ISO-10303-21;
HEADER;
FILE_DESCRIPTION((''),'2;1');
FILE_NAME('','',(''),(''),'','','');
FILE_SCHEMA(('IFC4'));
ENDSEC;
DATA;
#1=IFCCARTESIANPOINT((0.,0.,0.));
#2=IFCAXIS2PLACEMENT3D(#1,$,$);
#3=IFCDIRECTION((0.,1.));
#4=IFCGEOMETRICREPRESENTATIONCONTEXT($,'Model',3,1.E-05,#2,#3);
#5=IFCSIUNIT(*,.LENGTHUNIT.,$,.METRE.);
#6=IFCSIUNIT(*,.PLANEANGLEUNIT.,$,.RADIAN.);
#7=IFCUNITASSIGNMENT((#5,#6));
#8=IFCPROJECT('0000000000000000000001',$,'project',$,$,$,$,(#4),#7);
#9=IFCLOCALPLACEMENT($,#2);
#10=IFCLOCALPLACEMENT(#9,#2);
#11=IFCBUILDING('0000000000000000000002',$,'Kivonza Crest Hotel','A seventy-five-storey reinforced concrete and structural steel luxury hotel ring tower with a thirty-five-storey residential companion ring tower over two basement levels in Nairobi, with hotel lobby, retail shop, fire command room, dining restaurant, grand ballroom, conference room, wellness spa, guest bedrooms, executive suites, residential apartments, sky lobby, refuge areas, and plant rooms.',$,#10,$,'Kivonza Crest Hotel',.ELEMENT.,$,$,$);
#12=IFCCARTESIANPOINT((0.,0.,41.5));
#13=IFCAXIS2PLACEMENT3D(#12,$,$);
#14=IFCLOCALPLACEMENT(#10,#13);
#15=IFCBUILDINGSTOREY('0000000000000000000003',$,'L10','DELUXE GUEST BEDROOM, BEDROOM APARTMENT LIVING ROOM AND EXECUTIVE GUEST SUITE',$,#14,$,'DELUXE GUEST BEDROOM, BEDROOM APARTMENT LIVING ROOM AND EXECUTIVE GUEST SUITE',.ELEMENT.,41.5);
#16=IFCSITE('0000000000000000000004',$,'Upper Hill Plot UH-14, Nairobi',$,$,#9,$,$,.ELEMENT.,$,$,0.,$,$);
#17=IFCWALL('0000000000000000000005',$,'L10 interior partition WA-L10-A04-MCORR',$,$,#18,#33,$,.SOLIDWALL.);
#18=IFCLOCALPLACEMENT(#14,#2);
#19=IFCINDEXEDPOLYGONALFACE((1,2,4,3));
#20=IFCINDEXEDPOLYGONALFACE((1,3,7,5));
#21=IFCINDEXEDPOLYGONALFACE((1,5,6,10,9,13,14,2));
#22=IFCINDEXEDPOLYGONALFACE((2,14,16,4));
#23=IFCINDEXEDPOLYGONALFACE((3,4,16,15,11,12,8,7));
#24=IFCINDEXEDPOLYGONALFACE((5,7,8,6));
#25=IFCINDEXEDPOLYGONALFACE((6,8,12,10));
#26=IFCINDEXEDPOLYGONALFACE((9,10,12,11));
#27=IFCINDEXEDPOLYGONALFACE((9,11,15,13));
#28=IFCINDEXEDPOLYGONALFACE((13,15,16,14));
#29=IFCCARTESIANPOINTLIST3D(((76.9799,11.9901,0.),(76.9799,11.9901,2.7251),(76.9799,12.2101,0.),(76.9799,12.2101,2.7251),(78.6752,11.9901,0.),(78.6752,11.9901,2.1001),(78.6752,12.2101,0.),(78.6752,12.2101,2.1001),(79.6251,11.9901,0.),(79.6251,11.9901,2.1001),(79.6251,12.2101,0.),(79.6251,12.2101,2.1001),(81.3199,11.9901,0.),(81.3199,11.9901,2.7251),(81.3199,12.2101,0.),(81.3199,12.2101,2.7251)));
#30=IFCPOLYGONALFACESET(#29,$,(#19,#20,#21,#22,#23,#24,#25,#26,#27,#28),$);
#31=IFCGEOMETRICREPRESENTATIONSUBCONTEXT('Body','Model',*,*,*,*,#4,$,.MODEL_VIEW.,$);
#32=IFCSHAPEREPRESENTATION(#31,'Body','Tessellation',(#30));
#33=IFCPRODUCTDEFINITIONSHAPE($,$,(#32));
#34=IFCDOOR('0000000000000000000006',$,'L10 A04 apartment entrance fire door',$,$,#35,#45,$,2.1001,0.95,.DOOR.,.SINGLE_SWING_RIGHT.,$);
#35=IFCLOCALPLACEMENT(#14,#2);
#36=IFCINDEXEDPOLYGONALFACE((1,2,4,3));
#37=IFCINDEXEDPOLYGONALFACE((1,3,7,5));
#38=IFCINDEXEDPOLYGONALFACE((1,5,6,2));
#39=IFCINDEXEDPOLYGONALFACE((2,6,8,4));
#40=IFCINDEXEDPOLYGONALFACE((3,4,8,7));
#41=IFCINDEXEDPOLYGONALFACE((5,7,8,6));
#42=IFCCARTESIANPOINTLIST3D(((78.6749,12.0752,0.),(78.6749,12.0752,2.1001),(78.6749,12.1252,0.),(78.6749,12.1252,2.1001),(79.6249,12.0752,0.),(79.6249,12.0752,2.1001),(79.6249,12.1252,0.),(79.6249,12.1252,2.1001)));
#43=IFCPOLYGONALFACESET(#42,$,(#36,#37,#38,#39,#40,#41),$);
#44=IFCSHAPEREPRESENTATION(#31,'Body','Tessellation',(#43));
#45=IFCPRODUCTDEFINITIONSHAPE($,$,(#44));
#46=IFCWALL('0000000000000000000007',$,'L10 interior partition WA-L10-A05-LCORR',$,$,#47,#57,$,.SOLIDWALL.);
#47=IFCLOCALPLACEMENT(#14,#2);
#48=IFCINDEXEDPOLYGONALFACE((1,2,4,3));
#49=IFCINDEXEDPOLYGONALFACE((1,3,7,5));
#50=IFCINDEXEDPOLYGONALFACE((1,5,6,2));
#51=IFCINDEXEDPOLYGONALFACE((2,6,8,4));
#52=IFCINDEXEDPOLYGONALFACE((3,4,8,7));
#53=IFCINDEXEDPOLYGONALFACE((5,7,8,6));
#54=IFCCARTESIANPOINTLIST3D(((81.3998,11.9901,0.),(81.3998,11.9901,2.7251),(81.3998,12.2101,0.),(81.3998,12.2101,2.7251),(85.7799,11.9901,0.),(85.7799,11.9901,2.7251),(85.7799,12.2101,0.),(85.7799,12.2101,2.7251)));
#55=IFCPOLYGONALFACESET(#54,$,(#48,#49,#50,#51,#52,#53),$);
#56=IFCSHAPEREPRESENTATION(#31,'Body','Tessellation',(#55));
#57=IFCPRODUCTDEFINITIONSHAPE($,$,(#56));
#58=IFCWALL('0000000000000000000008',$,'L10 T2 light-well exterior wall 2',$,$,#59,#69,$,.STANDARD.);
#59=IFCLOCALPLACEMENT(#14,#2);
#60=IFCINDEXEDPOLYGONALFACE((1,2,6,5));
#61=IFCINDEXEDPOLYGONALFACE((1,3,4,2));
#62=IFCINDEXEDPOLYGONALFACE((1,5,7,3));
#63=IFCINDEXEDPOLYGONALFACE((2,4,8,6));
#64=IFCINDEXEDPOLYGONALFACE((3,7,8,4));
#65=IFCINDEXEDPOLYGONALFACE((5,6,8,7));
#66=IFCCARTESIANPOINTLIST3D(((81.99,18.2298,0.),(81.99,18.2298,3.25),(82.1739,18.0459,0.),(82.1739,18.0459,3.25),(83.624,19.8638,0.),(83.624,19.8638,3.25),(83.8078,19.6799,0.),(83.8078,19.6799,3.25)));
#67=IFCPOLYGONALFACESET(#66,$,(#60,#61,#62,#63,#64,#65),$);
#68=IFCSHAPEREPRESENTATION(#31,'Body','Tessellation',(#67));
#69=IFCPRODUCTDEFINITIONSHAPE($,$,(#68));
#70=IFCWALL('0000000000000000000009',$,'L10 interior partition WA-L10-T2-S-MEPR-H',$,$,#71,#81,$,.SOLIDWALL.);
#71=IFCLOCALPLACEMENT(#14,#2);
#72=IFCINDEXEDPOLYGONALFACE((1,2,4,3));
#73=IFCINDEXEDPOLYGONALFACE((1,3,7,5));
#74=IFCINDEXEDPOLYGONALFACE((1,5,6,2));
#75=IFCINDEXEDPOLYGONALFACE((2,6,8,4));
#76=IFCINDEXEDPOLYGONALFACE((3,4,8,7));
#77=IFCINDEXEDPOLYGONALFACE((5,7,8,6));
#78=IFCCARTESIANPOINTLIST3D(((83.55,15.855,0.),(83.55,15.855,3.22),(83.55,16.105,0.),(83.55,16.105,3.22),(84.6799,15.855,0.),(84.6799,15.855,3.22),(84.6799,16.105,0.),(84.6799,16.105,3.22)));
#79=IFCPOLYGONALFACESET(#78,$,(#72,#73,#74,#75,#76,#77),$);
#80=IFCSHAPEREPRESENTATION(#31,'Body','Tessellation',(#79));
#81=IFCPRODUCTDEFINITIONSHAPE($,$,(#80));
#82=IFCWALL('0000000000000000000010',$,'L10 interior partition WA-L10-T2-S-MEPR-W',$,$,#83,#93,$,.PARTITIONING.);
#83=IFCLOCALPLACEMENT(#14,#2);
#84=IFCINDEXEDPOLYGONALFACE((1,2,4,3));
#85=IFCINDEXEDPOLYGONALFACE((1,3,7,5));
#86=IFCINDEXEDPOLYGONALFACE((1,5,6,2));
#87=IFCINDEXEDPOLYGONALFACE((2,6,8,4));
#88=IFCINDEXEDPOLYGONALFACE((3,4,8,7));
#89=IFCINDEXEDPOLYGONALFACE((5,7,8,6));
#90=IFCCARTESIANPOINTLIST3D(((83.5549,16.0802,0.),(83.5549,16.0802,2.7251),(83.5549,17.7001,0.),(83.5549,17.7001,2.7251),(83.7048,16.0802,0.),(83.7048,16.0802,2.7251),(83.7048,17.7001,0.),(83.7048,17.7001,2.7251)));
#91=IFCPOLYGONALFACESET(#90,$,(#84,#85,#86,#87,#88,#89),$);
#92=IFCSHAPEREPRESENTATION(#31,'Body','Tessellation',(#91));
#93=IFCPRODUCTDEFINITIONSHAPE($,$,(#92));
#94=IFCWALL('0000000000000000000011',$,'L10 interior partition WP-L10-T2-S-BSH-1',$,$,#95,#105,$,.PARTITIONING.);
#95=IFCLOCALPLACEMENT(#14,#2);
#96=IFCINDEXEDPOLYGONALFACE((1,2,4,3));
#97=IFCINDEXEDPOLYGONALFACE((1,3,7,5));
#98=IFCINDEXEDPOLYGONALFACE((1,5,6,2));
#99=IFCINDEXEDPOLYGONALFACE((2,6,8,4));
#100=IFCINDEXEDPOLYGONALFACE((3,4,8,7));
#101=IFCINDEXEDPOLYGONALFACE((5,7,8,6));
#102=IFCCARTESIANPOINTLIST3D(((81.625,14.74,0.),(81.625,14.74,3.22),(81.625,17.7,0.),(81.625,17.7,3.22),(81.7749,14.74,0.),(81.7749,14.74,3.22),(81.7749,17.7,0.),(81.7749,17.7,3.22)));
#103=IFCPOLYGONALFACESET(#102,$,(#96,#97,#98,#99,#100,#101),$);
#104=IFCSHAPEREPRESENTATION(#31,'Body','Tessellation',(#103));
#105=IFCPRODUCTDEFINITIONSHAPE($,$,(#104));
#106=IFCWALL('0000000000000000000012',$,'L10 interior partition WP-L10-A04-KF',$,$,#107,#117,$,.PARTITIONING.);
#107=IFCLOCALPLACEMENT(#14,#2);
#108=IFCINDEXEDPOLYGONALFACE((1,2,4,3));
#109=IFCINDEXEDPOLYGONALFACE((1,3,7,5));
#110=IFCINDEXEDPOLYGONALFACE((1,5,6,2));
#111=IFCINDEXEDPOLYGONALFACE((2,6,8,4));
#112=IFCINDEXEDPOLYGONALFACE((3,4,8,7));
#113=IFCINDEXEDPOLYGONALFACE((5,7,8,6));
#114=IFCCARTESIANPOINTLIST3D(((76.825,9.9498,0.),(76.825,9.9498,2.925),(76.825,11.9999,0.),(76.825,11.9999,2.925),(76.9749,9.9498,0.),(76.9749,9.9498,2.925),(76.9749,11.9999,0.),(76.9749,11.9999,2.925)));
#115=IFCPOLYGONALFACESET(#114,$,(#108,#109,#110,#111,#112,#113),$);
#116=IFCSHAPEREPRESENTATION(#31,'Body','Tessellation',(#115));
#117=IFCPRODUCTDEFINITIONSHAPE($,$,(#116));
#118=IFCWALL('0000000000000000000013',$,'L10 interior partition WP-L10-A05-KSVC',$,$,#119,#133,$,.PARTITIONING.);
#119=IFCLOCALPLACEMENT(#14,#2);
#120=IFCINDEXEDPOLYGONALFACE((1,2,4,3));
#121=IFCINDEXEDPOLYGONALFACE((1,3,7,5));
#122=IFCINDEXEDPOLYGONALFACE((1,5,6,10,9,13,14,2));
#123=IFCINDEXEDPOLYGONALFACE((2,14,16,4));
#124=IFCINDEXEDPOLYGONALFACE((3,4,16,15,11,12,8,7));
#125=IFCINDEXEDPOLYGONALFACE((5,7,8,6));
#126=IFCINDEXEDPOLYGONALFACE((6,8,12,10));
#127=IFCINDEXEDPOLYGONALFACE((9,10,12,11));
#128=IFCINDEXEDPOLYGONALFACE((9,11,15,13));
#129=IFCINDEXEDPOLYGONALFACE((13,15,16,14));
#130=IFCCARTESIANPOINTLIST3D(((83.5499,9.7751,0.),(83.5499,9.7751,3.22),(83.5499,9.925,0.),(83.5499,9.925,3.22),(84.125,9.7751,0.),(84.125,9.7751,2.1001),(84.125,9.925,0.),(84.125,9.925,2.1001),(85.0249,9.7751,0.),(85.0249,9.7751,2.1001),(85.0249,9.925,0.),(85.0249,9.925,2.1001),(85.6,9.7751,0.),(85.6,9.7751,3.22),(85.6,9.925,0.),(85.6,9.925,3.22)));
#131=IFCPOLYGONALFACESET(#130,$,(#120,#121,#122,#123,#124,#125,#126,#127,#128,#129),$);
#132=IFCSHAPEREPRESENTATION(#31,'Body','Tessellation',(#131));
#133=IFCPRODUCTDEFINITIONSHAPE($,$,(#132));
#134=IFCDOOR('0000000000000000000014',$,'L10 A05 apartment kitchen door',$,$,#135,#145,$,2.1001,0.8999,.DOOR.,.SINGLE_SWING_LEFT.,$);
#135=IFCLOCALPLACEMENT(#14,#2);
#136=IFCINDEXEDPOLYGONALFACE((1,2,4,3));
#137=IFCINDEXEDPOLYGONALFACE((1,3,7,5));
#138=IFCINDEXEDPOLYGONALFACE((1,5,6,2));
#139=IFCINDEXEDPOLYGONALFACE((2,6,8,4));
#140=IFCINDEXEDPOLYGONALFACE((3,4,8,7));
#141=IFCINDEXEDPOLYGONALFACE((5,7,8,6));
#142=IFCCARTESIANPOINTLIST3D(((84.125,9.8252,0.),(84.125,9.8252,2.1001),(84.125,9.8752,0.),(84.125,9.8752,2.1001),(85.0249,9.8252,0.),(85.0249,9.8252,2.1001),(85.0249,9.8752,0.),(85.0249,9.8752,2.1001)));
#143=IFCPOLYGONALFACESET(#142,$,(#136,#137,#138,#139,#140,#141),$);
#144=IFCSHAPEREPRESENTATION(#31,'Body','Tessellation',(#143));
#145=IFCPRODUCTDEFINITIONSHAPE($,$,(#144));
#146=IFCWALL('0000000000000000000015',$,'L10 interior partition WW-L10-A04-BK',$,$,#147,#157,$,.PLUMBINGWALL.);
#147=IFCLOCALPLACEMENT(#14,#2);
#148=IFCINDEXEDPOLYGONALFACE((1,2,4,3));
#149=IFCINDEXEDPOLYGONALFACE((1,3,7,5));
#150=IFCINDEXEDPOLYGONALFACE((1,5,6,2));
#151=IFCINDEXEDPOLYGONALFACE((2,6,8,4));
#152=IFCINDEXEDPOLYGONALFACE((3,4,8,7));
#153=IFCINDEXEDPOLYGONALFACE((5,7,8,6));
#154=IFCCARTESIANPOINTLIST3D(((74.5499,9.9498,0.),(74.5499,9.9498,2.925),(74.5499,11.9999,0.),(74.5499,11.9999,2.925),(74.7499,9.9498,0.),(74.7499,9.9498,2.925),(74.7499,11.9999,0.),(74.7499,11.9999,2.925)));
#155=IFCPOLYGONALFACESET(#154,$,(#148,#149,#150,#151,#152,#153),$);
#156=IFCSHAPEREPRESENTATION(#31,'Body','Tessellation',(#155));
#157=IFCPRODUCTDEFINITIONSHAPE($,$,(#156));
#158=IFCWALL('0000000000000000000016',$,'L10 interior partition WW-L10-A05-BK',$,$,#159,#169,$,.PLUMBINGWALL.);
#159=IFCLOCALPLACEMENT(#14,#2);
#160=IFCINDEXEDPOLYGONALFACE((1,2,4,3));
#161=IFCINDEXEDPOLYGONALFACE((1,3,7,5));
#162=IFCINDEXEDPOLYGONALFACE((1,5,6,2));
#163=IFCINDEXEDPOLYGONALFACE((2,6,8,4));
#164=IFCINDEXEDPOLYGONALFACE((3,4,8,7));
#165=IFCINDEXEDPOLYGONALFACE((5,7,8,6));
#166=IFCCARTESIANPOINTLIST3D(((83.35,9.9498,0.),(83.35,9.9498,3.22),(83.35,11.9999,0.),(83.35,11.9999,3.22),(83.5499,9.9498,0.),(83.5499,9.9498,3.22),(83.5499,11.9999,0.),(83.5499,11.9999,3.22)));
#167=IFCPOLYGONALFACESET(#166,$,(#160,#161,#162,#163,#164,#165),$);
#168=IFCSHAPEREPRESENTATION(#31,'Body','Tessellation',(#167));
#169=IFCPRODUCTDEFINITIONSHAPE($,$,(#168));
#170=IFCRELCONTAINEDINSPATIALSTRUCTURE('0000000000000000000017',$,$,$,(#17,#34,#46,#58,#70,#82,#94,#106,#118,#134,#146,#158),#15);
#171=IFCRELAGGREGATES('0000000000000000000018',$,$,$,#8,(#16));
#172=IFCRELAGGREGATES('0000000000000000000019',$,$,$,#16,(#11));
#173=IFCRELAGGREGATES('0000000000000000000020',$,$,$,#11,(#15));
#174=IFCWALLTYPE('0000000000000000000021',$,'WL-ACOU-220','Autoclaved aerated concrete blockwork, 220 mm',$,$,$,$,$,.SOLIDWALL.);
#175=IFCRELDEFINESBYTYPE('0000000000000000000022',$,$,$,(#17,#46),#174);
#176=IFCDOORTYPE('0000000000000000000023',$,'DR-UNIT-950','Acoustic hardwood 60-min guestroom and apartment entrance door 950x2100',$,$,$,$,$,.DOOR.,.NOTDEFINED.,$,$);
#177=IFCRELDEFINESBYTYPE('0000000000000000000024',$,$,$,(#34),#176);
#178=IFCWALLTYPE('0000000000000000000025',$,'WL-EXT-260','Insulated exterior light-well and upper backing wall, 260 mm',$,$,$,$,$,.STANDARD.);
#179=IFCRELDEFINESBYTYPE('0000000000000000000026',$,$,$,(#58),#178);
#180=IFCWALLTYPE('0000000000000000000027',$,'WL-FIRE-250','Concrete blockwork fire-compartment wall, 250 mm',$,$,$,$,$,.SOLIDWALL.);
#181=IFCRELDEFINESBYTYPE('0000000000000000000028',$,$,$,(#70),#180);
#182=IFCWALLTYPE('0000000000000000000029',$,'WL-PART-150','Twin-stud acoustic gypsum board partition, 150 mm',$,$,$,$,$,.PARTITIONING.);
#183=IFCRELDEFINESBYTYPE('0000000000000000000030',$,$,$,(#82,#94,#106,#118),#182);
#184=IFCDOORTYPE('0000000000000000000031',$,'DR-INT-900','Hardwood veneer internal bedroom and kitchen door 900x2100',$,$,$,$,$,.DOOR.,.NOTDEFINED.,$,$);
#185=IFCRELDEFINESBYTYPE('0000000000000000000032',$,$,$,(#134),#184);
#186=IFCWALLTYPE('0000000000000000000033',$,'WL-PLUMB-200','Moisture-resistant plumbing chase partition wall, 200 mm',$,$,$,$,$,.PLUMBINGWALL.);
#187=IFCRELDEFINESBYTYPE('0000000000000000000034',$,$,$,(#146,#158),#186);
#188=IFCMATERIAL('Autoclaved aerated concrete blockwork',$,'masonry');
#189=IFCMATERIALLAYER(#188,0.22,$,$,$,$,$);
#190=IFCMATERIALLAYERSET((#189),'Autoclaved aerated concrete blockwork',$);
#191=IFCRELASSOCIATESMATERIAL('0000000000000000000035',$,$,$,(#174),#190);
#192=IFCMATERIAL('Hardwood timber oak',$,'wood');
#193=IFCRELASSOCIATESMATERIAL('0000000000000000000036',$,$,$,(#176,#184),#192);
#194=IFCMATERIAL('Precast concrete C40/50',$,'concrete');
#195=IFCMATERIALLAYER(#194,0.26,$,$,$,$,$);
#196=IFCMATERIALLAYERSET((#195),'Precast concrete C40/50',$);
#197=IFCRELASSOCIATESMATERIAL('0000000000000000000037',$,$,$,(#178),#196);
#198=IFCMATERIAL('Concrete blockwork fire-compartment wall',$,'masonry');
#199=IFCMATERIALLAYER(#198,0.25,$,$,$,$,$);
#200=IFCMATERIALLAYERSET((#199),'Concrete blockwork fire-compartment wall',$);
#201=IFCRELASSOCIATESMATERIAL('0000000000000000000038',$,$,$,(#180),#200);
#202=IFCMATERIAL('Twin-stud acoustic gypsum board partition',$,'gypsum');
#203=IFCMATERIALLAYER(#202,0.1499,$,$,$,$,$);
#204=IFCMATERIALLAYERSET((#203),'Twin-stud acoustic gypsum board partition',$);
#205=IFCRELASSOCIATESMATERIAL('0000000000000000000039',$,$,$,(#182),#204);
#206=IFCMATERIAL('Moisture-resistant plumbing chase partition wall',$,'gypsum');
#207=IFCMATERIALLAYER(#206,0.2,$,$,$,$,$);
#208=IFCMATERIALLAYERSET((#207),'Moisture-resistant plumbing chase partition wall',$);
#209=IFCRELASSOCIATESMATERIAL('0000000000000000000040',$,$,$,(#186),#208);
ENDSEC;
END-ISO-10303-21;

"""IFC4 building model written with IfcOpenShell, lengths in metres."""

from ifc_helpers import new_model, si_unit, direction, frame, frame_2d, origin, place, context, subcontext, project, spatial, rectangle, extrude, material, layer, layer_set, type_object, element, fill, save


model = new_model("IFC4")

# Units and contexts
model_context = context("Model", 3, precision=1e-05, world=origin(), true_north=direction((0.0, 1.0)))
body_context = subcontext(model_context, "Body", "Model", "MODEL_VIEW")
ifc_project = project(units=[si_unit("LENGTHUNIT", "METRE"), si_unit("PLANEANGLEUNIT", "RADIAN")], contexts=[model_context])

# Site, building, storey
site_placement = place(None, origin())
site = spatial("IfcSite", under=ifc_project, at=site_placement, Name="Upper Hill Plot UH-14, Nairobi", CompositionType="ELEMENT", RefElevation=0.0)
building_placement = place(site_placement, origin())
building = spatial("IfcBuilding", under=site, at=building_placement, Name="Kivonza Crest Hotel", Description="A seventy-five-storey reinforced concrete and structural steel luxury hotel ring tower with a thirty-five-storey residential companion ring tower over two basement levels in Nairobi, with hotel lobby, retail shop, fire command room, dining restaurant, grand ballroom, conference room, wellness spa, guest bedrooms, executive suites, residential apartments, sky lobby, refuge areas, and plant rooms.", LongName="Kivonza Crest Hotel", CompositionType="ELEMENT")
storey_placement = place(building_placement, frame((0.0, 0.0, 41.5)))
storey = spatial("IfcBuildingStorey", under=building, at=storey_placement, Name="L10", Description="DELUXE GUEST BEDROOM, BEDROOM APARTMENT LIVING ROOM AND EXECUTIVE GUEST SUITE", LongName="DELUXE GUEST BEDROOM, BEDROOM APARTMENT LIVING ROOM AND EXECUTIVE GUEST SUITE", CompositionType="ELEMENT", Elevation=41.5)

# Wall, opening, door
ifc_material_1 = material(Name="Autoclaved aerated concrete blockwork", Category="masonry")
ifc_layer_1 = layer(ifc_material_1, 0.22)
ifc_layer_set_1 = layer_set([ifc_layer_1], Name="Autoclaved aerated concrete blockwork")
wall_type_1 = type_object("IfcWallType", Name="WL-ACOU-220", Description="Autoclaved aerated concrete blockwork, 220 mm", PredefinedType="SOLIDWALL", material=ifc_layer_set_1)
wall_1_placement = place(storey_placement, frame((76.98, 12.1001, 0.0), z_axis=(0.0, 0.0, 1.0), x_axis=(1.0, 0.0, 0.0)))
wall_1 = element("IfcWall", 1, at=wall_1_placement, inside=storey, type_object=wall_type_1, Name="L10 interior partition WA-L10-A04-MCORR", PredefinedType="SOLIDWALL", context=body_context, shape_type="SweptSolid", body=[
    extrude(rectangle(XDim=4.3401, YDim=0.22, at=frame_2d((2.1699, 0.0))), origin(), (0.0, 0.0, 1.0), 2.7251),
])
opening_1_placement = place(wall_1_placement, frame((1.6951, 0.0, 0.0)))
opening_1 = element("IfcOpeningElement", 2, at=opening_1_placement, cuts=wall_1, PredefinedType="OPENING", context=body_context, shape_type="SweptSolid", body=[
    extrude(rectangle(XDim=0.95, YDim=2.1001, at=frame_2d((0.4751, 1.05))), frame((0.0, 0.1201, 0.0), z_axis=(0.0, -1.0, 0.0), x_axis=(1.0, 0.0, 0.0)), (0.0, 0.0, 1.0), 0.24),
])
ifc_material_2 = material(Name="Hardwood timber oak", Category="wood")
door_type_1 = type_object("IfcDoorType", Name="DR-UNIT-950", Description="Acoustic hardwood 60-min guestroom and apartment entrance door 950x2100", OperationType="NOTDEFINED", PredefinedType="DOOR", material=ifc_material_2)
door_1_placement = place(opening_1_placement, frame((0.95, 0.0, 0.0), z_axis=(0.0, 0.0, 1.0), x_axis=(-1.0, 0.0, 0.0)))
door_1 = element("IfcDoor", 3, at=door_1_placement, inside=storey, type_object=door_type_1, Name="L10 A04 apartment entrance fire door", OperationType="SINGLE_SWING_RIGHT", OverallHeight=2.1001, OverallWidth=0.95, PredefinedType="DOOR", context=body_context, shape_type="SweptSolid", body=[
    extrude(rectangle(XDim=0.95, YDim=2.1001, at=frame_2d((0.4751, 1.05))), frame((0.0, 0.0249, 0.0), z_axis=(0.0, -1.0, 0.0), x_axis=(1.0, 0.0, 0.0)), (0.0, 0.0, 1.0), 0.05),
])
fill(opening_1, door_1)

# Walls
wall_2_placement = place(storey_placement, frame((81.3999, 12.1001, 0.0), z_axis=(0.0, 0.0, 1.0), x_axis=(1.0, 0.0, 0.0)))
element("IfcWall", 4, at=wall_2_placement, inside=storey, type_object=wall_type_1, Name="L10 interior partition WA-L10-A05-LCORR", PredefinedType="SOLIDWALL", context=body_context, shape_type="SweptSolid", body=[
    extrude(rectangle(XDim=4.3801, YDim=0.22, at=frame_2d((2.1899, 0.0))), origin(), (0.0, 0.0, 1.0), 2.7251),
])
ifc_material_3 = material(Name="Precast concrete C40/50", Category="concrete")
ifc_layer_2 = layer(ifc_material_3, 0.26)
ifc_layer_set_2 = layer_set([ifc_layer_2], Name="Precast concrete C40/50")
wall_type_2 = type_object("IfcWallType", Name="WL-EXT-260", Description="Insulated exterior light-well and upper backing wall, 260 mm", PredefinedType="STANDARD", material=ifc_layer_set_2)
wall_3_placement = place(storey_placement, frame((82.082, 18.1379, 0.0), z_axis=(0.0, 0.0, 1.0), x_axis=(0.707107, 0.707107, 0.0)))
element("IfcWall", 5, at=wall_3_placement, inside=storey, type_object=wall_type_2, Name="L10 T2 light-well exterior wall 2", PredefinedType="STANDARD", context=body_context, shape_type="SweptSolid", body=[
    extrude(rectangle(XDim=2.3108, YDim=0.26, at=frame_2d((1.1553, 0.0))), origin(), (0.0, 0.0, 1.0), 3.25),
])
ifc_material_4 = material(Name="Concrete blockwork fire-compartment wall", Category="masonry")
ifc_layer_3 = layer(ifc_material_4, 0.25)
ifc_layer_set_3 = layer_set([ifc_layer_3], Name="Concrete blockwork fire-compartment wall")
wall_type_3 = type_object("IfcWallType", Name="WL-FIRE-250", Description="Concrete blockwork fire-compartment wall, 250 mm", PredefinedType="SOLIDWALL", material=ifc_layer_set_3)
wall_4_placement = place(storey_placement, frame((83.55, 15.98, 0.0), z_axis=(0.0, 0.0, 1.0), x_axis=(1.0, 0.0, 0.0)))
element("IfcWall", 6, at=wall_4_placement, inside=storey, type_object=wall_type_3, Name="L10 interior partition WA-L10-T2-S-MEPR-H", PredefinedType="SOLIDWALL", context=body_context, shape_type="SweptSolid", body=[
    extrude(rectangle(XDim=1.1299, YDim=0.25, at=frame_2d((0.5649, 0.0))), origin(), (0.0, 0.0, 1.0), 3.22),
])
ifc_material_5 = material(Name="Twin-stud acoustic gypsum board partition", Category="gypsum")
ifc_layer_4 = layer(ifc_material_5, 0.1499)
ifc_layer_set_4 = layer_set([ifc_layer_4], Name="Twin-stud acoustic gypsum board partition")
wall_type_4 = type_object("IfcWallType", Name="WL-PART-150", Description="Twin-stud acoustic gypsum board partition, 150 mm", PredefinedType="PARTITIONING", material=ifc_layer_set_4)
wall_5_placement = place(storey_placement, frame((83.6299, 16.0801, 0.0), z_axis=(0.0, 0.0, 1.0), x_axis=(0.0, 1.0, 0.0)))
element("IfcWall", 7, at=wall_5_placement, inside=storey, type_object=wall_type_4, Name="L10 interior partition WA-L10-T2-S-MEPR-W", PredefinedType="PARTITIONING", context=body_context, shape_type="SweptSolid", body=[
    extrude(rectangle(XDim=1.6199, YDim=0.1499, at=frame_2d((0.8101, 0.0))), origin(), (0.0, 0.0, 1.0), 2.7251),
])
wall_6_placement = place(storey_placement, frame((81.7, 14.74, 0.0), z_axis=(0.0, 0.0, 1.0), x_axis=(0.0, 1.0, 0.0)))
element("IfcWall", 8, at=wall_6_placement, inside=storey, type_object=wall_type_4, Name="L10 interior partition WP-L10-T2-S-BSH-1", PredefinedType="PARTITIONING", context=body_context, shape_type="SweptSolid", body=[
    extrude(rectangle(XDim=2.96, YDim=0.1499, at=frame_2d((1.48, 0.0))), origin(), (0.0, 0.0, 1.0), 3.22),
])
wall_7_placement = place(storey_placement, frame((76.8999, 9.95, 0.0), z_axis=(0.0, 0.0, 1.0), x_axis=(0.0, 1.0, 0.0)))
element("IfcWall", 9, at=wall_7_placement, inside=storey, type_object=wall_type_4, Name="L10 interior partition WP-L10-A04-KF", PredefinedType="PARTITIONING", context=body_context, shape_type="SweptSolid", body=[
    extrude(rectangle(XDim=2.05, YDim=0.1499, at=frame_2d((1.0249, 0.0))), origin(), (0.0, 0.0, 1.0), 2.925),
])

# Wall, opening, door
wall_8_placement = place(storey_placement, frame((83.55, 9.8501, 0.0), z_axis=(0.0, 0.0, 1.0), x_axis=(1.0, 0.0, 0.0)))
wall_8 = element("IfcWall", 10, at=wall_8_placement, inside=storey, type_object=wall_type_4, Name="L10 interior partition WP-L10-A05-KSVC", PredefinedType="PARTITIONING", context=body_context, shape_type="SweptSolid", body=[
    extrude(rectangle(XDim=2.05, YDim=0.1499, at=frame_2d((1.0249, 0.0))), origin(), (0.0, 0.0, 1.0), 3.22),
])
opening_2_placement = place(wall_8_placement, frame((0.575, 0.0, 0.0)))
opening_2 = element("IfcOpeningElement", 11, at=opening_2_placement, cuts=wall_8, PredefinedType="OPENING", context=body_context, shape_type="SweptSolid", body=[
    extrude(rectangle(XDim=0.8999, YDim=2.1001, at=frame_2d((0.45, 1.05))), frame((0.0, 0.085, 0.0), z_axis=(0.0, -1.0, 0.0), x_axis=(1.0, 0.0, 0.0)), (0.0, 0.0, 1.0), 0.1699),
])
door_type_2 = type_object("IfcDoorType", Name="DR-INT-900", Description="Hardwood veneer internal bedroom and kitchen door 900x2100", OperationType="NOTDEFINED", PredefinedType="DOOR", material=ifc_material_2)
door_2_placement = place(opening_2_placement, frame((0.8999, 0.0, 0.0), z_axis=(0.0, 0.0, 1.0), x_axis=(-1.0, 0.0, 0.0)))
door_2 = element("IfcDoor", 12, at=door_2_placement, inside=storey, type_object=door_type_2, Name="L10 A05 apartment kitchen door", OperationType="SINGLE_SWING_LEFT", OverallHeight=2.1001, OverallWidth=0.8999, PredefinedType="DOOR", context=body_context, shape_type="SweptSolid", body=[
    extrude(rectangle(XDim=0.8999, YDim=2.1001, at=frame_2d((0.45, 1.05))), frame((0.0, 0.0249, 0.0), z_axis=(0.0, -1.0, 0.0), x_axis=(1.0, 0.0, 0.0)), (0.0, 0.0, 1.0), 0.05),
])
fill(opening_2, door_2)

# Walls
ifc_material_6 = material(Name="Moisture-resistant plumbing chase partition wall", Category="gypsum")
ifc_layer_5 = layer(ifc_material_6, 0.2)
ifc_layer_set_5 = layer_set([ifc_layer_5], Name="Moisture-resistant plumbing chase partition wall")
wall_type_5 = type_object("IfcWallType", Name="WL-PLUMB-200", Description="Moisture-resistant plumbing chase partition wall, 200 mm", PredefinedType="PLUMBINGWALL", material=ifc_layer_set_5)
wall_9_placement = place(storey_placement, frame((74.6499, 9.95, 0.0), z_axis=(0.0, 0.0, 1.0), x_axis=(0.0, 1.0, 0.0)))
element("IfcWall", 13, at=wall_9_placement, inside=storey, type_object=wall_type_5, Name="L10 interior partition WW-L10-A04-BK", PredefinedType="PLUMBINGWALL", context=body_context, shape_type="SweptSolid", body=[
    extrude(rectangle(XDim=2.05, YDim=0.2, at=frame_2d((1.0249, 0.0))), origin(), (0.0, 0.0, 1.0), 2.925),
])
wall_10_placement = place(storey_placement, frame((83.45, 9.95, 0.0), z_axis=(0.0, 0.0, 1.0), x_axis=(0.0, 1.0, 0.0)))
element("IfcWall", 14, at=wall_10_placement, inside=storey, type_object=wall_type_5, Name="L10 interior partition WW-L10-A05-BK", PredefinedType="PLUMBINGWALL", context=body_context, shape_type="SweptSolid", body=[
    extrude(rectangle(XDim=2.05, YDim=0.2, at=frame_2d((1.0249, 0.0))), origin(), (0.0, 0.0, 1.0), 3.22),
])

save(model, "model.ifc")
